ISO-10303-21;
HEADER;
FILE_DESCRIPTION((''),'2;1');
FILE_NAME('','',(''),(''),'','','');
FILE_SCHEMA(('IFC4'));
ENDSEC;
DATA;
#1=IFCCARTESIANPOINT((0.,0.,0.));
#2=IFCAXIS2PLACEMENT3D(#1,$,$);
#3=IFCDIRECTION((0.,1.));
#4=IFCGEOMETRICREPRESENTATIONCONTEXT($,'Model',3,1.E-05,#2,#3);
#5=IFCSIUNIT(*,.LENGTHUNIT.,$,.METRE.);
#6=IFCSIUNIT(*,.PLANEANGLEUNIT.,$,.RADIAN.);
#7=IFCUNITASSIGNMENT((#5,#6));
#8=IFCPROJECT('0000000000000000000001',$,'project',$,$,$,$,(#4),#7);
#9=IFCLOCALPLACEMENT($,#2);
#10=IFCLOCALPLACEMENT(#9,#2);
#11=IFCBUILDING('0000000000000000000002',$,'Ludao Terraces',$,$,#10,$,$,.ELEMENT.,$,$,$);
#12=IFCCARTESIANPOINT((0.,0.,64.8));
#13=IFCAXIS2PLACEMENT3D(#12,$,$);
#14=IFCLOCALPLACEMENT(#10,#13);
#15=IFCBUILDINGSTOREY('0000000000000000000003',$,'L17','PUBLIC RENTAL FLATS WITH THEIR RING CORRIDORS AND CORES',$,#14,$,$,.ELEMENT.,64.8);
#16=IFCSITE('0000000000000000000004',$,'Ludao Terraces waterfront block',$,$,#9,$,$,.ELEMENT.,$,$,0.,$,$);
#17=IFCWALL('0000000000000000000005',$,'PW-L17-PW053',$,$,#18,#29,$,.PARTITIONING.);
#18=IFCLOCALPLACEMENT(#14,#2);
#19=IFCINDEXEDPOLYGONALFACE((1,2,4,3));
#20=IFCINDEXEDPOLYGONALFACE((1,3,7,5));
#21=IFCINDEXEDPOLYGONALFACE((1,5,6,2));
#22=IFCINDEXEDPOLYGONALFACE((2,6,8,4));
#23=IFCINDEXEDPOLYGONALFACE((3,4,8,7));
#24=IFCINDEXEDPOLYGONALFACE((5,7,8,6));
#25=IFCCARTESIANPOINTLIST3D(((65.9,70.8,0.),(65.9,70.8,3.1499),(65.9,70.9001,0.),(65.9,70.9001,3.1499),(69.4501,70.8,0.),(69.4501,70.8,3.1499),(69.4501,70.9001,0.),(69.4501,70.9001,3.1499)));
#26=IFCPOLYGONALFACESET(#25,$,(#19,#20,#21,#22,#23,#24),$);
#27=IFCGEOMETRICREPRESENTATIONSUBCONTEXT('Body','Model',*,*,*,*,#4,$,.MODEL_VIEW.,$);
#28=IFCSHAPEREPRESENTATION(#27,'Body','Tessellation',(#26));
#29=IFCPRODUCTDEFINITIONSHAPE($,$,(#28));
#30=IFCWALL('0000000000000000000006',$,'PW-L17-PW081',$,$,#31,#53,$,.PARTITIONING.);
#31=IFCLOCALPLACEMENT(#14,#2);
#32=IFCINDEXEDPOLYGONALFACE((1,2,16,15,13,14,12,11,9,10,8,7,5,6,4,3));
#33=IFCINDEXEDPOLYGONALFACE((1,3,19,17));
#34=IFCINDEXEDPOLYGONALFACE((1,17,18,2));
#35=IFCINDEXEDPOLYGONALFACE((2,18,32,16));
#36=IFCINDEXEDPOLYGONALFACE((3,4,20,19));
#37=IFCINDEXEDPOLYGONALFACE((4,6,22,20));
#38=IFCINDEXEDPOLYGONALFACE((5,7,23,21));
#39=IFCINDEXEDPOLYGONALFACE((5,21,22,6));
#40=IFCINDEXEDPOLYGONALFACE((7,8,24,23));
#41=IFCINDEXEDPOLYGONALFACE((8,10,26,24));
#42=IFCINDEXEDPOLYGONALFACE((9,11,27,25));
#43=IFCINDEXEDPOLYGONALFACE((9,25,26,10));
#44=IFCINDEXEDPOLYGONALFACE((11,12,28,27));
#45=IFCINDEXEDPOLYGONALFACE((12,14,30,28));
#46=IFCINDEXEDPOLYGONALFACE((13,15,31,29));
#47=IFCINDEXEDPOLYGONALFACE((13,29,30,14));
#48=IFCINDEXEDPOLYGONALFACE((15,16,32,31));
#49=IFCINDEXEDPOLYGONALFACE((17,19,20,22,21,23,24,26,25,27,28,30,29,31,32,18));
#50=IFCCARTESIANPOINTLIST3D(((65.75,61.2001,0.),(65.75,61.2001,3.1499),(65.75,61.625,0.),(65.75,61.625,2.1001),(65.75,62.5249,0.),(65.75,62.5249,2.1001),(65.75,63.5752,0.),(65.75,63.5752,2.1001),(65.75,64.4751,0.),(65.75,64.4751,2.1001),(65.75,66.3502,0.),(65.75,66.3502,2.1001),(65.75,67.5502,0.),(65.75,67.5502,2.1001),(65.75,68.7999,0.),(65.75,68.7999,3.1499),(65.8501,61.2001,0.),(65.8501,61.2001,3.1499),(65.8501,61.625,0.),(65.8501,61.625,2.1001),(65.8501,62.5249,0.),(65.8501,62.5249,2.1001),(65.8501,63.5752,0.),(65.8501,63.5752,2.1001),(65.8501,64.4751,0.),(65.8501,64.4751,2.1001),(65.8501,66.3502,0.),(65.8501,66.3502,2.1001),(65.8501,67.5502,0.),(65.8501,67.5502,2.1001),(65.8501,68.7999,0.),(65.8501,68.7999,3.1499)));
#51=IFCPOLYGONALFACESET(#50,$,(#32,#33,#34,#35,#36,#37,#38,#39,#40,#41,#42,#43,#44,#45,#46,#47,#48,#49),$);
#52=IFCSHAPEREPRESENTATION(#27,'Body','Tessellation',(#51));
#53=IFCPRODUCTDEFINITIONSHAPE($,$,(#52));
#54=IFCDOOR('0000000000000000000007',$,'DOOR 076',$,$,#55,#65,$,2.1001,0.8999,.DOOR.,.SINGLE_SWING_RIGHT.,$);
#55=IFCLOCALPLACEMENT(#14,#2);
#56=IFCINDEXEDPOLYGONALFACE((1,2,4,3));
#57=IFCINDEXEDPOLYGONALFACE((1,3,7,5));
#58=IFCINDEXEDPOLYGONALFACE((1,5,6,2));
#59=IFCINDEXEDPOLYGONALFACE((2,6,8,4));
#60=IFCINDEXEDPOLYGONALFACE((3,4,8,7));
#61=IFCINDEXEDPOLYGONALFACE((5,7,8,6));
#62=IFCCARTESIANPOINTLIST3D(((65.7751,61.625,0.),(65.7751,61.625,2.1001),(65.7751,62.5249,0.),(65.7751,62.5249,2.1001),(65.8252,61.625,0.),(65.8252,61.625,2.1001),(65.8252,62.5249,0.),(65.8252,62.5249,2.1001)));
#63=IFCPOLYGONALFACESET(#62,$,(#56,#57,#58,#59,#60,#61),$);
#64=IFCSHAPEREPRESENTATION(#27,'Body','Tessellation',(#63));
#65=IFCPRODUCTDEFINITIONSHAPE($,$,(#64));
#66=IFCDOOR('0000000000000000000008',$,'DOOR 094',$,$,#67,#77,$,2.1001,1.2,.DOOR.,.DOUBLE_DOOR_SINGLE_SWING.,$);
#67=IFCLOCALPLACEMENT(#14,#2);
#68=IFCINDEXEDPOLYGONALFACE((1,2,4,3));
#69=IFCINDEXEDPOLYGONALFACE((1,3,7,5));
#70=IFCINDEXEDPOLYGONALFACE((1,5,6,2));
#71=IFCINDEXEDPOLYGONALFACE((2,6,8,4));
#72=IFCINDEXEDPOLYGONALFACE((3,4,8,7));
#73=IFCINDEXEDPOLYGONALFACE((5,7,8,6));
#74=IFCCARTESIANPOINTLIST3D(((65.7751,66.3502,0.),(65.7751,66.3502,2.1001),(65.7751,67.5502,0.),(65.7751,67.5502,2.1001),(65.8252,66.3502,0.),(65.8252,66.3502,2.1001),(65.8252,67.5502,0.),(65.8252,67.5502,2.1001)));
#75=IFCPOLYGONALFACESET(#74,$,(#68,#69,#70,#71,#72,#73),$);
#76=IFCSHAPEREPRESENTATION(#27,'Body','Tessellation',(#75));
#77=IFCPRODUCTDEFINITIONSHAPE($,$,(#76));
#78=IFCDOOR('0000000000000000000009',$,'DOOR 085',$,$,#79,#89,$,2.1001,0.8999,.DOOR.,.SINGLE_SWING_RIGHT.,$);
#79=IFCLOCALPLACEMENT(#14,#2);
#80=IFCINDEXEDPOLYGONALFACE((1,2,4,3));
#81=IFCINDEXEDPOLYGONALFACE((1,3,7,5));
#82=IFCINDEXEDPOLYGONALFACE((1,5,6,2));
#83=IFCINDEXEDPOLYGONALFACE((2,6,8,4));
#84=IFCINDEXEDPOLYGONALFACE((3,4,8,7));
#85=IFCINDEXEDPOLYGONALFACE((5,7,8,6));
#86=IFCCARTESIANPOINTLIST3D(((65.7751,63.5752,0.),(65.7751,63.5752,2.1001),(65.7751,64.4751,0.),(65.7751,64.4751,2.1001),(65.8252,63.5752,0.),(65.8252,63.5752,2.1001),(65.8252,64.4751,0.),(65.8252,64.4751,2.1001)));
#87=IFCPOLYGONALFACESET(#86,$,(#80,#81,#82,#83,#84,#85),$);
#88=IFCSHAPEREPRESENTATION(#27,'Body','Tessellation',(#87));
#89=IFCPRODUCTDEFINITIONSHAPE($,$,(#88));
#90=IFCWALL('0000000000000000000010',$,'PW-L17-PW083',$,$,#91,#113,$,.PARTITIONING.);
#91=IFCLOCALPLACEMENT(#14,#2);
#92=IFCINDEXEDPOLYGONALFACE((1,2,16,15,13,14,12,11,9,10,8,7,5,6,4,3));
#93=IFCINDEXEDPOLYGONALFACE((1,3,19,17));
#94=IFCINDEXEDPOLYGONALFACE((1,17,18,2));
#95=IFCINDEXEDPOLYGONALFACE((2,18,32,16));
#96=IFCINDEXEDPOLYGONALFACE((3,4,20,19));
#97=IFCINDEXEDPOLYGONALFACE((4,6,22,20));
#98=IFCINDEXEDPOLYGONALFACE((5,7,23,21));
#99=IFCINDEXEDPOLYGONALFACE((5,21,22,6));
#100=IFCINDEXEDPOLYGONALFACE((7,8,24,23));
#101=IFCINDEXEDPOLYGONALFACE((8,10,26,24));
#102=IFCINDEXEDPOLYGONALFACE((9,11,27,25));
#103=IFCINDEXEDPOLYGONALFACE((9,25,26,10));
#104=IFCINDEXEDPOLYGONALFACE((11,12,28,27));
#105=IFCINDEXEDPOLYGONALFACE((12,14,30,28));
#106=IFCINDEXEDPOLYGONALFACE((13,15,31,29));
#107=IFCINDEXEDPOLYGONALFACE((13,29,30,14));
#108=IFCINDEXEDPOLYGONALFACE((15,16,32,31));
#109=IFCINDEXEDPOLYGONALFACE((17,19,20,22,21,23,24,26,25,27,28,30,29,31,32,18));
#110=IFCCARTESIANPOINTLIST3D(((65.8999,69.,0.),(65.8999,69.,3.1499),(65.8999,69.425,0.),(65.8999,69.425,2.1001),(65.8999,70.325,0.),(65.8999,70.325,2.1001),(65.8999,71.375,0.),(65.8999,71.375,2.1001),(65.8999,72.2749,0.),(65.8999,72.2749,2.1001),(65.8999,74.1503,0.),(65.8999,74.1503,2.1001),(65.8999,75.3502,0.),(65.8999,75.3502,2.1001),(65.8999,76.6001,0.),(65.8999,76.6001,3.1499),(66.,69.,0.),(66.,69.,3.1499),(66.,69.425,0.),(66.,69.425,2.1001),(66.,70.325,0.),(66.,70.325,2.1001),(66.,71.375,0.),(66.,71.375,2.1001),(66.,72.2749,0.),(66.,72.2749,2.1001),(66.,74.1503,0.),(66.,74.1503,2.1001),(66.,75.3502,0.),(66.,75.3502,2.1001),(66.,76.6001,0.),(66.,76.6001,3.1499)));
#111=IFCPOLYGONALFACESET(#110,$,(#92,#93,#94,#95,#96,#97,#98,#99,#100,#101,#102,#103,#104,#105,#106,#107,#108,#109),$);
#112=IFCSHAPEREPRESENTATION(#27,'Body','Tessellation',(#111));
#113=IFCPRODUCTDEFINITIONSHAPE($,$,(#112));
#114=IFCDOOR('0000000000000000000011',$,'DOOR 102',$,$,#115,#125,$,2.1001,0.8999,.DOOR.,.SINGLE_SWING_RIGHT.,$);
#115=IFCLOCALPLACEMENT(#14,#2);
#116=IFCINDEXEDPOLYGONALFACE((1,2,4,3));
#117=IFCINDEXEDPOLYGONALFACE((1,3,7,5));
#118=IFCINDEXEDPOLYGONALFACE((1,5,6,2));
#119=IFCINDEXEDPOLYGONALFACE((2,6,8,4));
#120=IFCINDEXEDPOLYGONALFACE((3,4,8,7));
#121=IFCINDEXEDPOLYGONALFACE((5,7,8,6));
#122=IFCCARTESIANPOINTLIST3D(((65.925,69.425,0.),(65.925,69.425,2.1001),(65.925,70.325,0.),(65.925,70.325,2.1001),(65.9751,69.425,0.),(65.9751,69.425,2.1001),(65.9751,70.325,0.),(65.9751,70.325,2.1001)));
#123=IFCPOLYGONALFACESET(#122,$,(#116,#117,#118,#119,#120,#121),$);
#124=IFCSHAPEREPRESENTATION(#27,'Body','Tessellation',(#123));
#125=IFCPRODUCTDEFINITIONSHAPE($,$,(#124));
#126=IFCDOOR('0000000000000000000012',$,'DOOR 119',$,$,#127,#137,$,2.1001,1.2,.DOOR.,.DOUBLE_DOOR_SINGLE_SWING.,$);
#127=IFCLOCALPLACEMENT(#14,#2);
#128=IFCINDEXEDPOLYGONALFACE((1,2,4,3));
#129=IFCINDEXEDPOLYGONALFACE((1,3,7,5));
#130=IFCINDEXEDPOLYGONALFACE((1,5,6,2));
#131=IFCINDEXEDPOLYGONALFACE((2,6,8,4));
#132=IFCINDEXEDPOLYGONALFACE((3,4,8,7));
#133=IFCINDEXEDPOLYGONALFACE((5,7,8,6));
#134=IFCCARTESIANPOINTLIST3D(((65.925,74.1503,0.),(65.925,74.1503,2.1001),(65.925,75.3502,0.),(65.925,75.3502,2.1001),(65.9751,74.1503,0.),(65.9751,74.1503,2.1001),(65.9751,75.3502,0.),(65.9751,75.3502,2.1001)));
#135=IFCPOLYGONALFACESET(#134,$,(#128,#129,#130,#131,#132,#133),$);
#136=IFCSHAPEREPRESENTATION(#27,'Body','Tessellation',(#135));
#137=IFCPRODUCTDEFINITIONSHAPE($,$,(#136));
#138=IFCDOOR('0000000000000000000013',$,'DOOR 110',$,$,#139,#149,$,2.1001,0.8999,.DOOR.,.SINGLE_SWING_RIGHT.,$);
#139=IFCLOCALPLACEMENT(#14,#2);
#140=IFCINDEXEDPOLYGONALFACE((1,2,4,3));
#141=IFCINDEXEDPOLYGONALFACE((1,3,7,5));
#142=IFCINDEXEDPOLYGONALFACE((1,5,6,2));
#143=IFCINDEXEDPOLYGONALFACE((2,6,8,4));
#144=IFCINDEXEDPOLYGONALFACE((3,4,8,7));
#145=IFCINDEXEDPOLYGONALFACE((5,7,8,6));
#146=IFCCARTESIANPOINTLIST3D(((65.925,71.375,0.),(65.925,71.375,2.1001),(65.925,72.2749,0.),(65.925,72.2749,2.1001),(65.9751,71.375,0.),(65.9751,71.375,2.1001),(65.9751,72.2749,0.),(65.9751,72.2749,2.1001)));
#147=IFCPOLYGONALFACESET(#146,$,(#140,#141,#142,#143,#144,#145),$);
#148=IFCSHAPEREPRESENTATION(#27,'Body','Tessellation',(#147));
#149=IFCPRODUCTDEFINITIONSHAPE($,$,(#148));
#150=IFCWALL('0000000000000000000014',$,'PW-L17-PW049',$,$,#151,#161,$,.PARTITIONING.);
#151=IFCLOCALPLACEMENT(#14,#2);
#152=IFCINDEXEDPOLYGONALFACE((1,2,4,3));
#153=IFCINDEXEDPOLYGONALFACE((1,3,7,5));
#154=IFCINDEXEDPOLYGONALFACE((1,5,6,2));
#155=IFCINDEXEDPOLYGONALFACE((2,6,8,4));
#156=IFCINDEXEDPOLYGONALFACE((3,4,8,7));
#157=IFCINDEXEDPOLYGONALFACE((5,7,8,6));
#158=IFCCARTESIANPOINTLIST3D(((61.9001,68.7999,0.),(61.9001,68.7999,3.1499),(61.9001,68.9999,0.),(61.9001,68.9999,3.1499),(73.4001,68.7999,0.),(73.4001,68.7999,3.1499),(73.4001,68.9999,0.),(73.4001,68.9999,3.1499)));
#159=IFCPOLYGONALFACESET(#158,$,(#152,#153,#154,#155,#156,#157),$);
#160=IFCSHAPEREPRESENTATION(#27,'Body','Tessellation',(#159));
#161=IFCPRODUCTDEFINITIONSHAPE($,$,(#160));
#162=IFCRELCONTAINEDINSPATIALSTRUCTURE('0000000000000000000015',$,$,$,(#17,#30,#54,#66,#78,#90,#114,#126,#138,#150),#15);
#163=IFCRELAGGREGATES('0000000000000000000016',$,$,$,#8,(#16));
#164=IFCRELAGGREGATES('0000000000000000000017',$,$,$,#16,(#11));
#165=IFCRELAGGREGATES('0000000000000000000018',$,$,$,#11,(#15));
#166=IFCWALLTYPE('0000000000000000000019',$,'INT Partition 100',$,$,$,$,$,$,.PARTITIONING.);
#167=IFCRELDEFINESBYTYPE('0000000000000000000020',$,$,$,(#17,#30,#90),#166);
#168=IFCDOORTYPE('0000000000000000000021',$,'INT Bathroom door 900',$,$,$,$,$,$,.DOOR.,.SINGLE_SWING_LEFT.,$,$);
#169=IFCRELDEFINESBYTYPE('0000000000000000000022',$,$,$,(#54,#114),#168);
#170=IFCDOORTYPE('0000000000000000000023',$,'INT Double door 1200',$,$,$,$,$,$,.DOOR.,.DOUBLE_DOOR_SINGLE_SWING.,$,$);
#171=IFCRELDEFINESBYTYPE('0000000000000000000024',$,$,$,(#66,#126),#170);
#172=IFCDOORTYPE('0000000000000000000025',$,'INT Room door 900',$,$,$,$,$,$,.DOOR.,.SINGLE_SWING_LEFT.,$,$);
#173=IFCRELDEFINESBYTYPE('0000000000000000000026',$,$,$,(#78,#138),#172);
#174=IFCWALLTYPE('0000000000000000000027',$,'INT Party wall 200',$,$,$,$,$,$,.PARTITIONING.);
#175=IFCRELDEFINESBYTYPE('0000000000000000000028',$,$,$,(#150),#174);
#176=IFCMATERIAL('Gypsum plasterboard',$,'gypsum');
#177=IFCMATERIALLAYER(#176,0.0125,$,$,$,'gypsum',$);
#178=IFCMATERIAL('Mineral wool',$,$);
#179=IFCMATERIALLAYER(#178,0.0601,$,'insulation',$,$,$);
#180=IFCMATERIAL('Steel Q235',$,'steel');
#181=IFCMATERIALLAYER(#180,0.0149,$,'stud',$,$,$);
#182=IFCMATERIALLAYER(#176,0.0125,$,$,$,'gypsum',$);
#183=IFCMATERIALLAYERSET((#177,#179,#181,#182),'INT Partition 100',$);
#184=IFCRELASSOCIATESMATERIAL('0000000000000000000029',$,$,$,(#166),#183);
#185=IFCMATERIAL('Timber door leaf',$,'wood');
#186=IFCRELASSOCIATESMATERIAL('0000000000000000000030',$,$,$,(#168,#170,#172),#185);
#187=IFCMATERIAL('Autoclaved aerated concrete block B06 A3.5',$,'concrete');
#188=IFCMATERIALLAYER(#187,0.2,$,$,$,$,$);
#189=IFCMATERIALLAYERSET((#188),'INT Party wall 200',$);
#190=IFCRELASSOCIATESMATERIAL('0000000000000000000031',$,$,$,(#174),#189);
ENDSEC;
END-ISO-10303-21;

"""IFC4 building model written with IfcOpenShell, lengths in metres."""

from ifc_helpers import new_model, si_unit, direction, frame, frame_2d, origin, place, context, subcontext, project, spatial, rectangle, extrude, material, layer, layer_set, type_object, element, fill, save


model = new_model("IFC4")

# Units and contexts
model_context = context("Model", 3, precision=1e-05, world=origin(), true_north=direction((0.0, 1.0)))
body_context = subcontext(model_context, "Body", "Model", "MODEL_VIEW")
ifc_project = project(units=[si_unit("LENGTHUNIT", "METRE"), si_unit("PLANEANGLEUNIT", "RADIAN")], contexts=[model_context])

# Site, building, storey
site_placement = place(None, origin())
site = spatial("IfcSite", under=ifc_project, at=site_placement, Name="Ludao Terraces waterfront block", CompositionType="ELEMENT", RefElevation=0.0)
building_placement = place(site_placement, origin())
building = spatial("IfcBuilding", under=site, at=building_placement, Name="Ludao Terraces", CompositionType="ELEMENT")
storey_placement = place(building_placement, frame((0.0, 0.0, 64.8)))
storey = spatial("IfcBuildingStorey", under=building, at=storey_placement, Name="L17", Description="PUBLIC RENTAL FLATS WITH THEIR RING CORRIDORS AND CORES", CompositionType="ELEMENT", Elevation=64.8)

# Shared definitions
ifc_material_1 = material(Name="Mineral wool")

# Wall
ifc_material_2 = material(Name="Gypsum plasterboard", Category="gypsum")
ifc_layer_1 = layer(ifc_material_2, 0.0125, Category="gypsum")
ifc_layer_2 = layer(ifc_material_1, 0.0601, Name="insulation")
ifc_material_3 = material(Name="Steel Q235", Category="steel")
ifc_layer_3 = layer(ifc_material_3, 0.0149, Name="stud")
ifc_layer_4 = layer(ifc_material_2, 0.0125, Category="gypsum")
ifc_layer_set_1 = layer_set([ifc_layer_1, ifc_layer_2, ifc_layer_3, ifc_layer_4], Name="INT Partition 100")
wall_type_1 = type_object("IfcWallType", Name="INT Partition 100", PredefinedType="PARTITIONING", material=ifc_layer_set_1)
wall_1_placement = place(storey_placement, frame((65.9001, 70.8501, 0.0), z_axis=(0.0, 0.0, 1.0), x_axis=(1.0, 0.0, 0.0)))
element("IfcWall", 1, at=wall_1_placement, inside=storey, type_object=wall_type_1, Name="PW-L17-PW053", PredefinedType="PARTITIONING", context=body_context, shape_type="SweptSolid", body=[
    extrude(rectangle(XDim=3.55, YDim=0.1001, at=frame_2d((1.7749, 0.0))), origin(), (0.0, 0.0, 1.0), 3.1499),
])

# Walls, openings, doors
wall_2_placement = place(storey_placement, frame((65.8, 61.2002, 0.0), z_axis=(0.0, 0.0, 1.0), x_axis=(0.0, 1.0, 0.0)))
wall_2 = element("IfcWall", 2, at=wall_2_placement, inside=storey, type_object=wall_type_1, Name="PW-L17-PW081", PredefinedType="PARTITIONING", context=body_context, shape_type="SweptSolid", body=[
    extrude(rectangle(XDim=7.5999, YDim=0.1001, at=frame_2d((3.7998, 0.0))), origin(), (0.0, 0.0, 1.0), 3.1499),
])
opening_1_placement = place(wall_2_placement, frame((0.4248, 0.0, 0.0)))
opening_1 = element("IfcOpeningElement", 3, at=opening_1_placement, cuts=wall_2, PredefinedType="OPENING", context=body_context, shape_type="SweptSolid", body=[
    extrude(rectangle(XDim=0.8999, YDim=2.1001, at=frame_2d((0.45, 1.05))), frame((0.0, 0.0601, 0.0), z_axis=(0.0, -1.0, 0.0), x_axis=(1.0, 0.0, 0.0)), (0.0, 0.0, 1.0), 0.1201),
])
opening_2_placement = place(wall_2_placement, frame((2.375, 0.0, 0.0)))
opening_2 = element("IfcOpeningElement", 4, at=opening_2_placement, cuts=wall_2, PredefinedType="OPENING", context=body_context, shape_type="SweptSolid", body=[
    extrude(rectangle(XDim=0.8999, YDim=2.1001, at=frame_2d((0.45, 1.05))), frame((0.0, 0.0601, 0.0), z_axis=(0.0, -1.0, 0.0), x_axis=(1.0, 0.0, 0.0)), (0.0, 0.0, 1.0), 0.1201),
])
opening_3_placement = place(wall_2_placement, frame((5.1499, 0.0, 0.0)))
opening_3 = element("IfcOpeningElement", 5, at=opening_3_placement, cuts=wall_2, PredefinedType="OPENING", context=body_context, shape_type="SweptSolid", body=[
    extrude(rectangle(XDim=1.2, YDim=2.1001, at=frame_2d((0.6001, 1.05))), frame((0.0, 0.0601, 0.0), z_axis=(0.0, -1.0, 0.0), x_axis=(1.0, 0.0, 0.0)), (0.0, 0.0, 1.0), 0.1201),
])
ifc_material_4 = material(Name="Timber door leaf", Category="wood")
door_type_1 = type_object("IfcDoorType", Name="INT Bathroom door 900", OperationType="SINGLE_SWING_LEFT", PredefinedType="DOOR", material=ifc_material_4)
door_1_placement = place(opening_1_placement, origin())
door_1 = element("IfcDoor", 6, at=door_1_placement, inside=storey, type_object=door_type_1, Name="DOOR 076", OperationType="SINGLE_SWING_RIGHT", OverallHeight=2.1001, OverallWidth=0.8999, PredefinedType="DOOR", context=body_context, shape_type="SweptSolid", body=[
    extrude(rectangle(XDim=0.8999, YDim=2.1001, at=frame_2d((0.45, 1.05))), frame((0.0, 0.0249, 0.0), z_axis=(0.0, -1.0, 0.0), x_axis=(1.0, 0.0, 0.0)), (0.0, 0.0, 1.0), 0.05),
])
fill(opening_1, door_1)
door_type_2 = type_object("IfcDoorType", Name="INT Double door 1200", OperationType="DOUBLE_DOOR_SINGLE_SWING", PredefinedType="DOOR", material=ifc_material_4)
door_2_placement = place(opening_3_placement, origin())
door_2 = element("IfcDoor", 7, at=door_2_placement, inside=storey, type_object=door_type_2, Name="DOOR 094", OperationType="DOUBLE_DOOR_SINGLE_SWING", OverallHeight=2.1001, OverallWidth=1.2, PredefinedType="DOOR", context=body_context, shape_type="SweptSolid", body=[
    extrude(rectangle(XDim=1.2, YDim=2.1001, at=frame_2d((0.6001, 1.05))), frame((0.0, 0.0249, 0.0), z_axis=(0.0, -1.0, 0.0), x_axis=(1.0, 0.0, 0.0)), (0.0, 0.0, 1.0), 0.05),
])
fill(opening_3, door_2)
door_type_3 = type_object("IfcDoorType", Name="INT Room door 900", OperationType="SINGLE_SWING_LEFT", PredefinedType="DOOR", material=ifc_material_4)
door_3_placement = place(opening_2_placement, origin())
door_3 = element("IfcDoor", 8, at=door_3_placement, inside=storey, type_object=door_type_3, Name="DOOR 085", OperationType="SINGLE_SWING_RIGHT", OverallHeight=2.1001, OverallWidth=0.8999, PredefinedType="DOOR", context=body_context, shape_type="SweptSolid", body=[
    extrude(rectangle(XDim=0.8999, YDim=2.1001, at=frame_2d((0.45, 1.05))), frame((0.0, 0.0249, 0.0), z_axis=(0.0, -1.0, 0.0), x_axis=(1.0, 0.0, 0.0)), (0.0, 0.0, 1.0), 0.05),
])
fill(opening_2, door_3)
wall_3_placement = place(storey_placement, frame((65.95, 69.0, 0.0), z_axis=(0.0, 0.0, 1.0), x_axis=(0.0, 1.0, 0.0)))
wall_3 = element("IfcWall", 9, at=wall_3_placement, inside=storey, type_object=wall_type_1, Name="PW-L17-PW083", PredefinedType="PARTITIONING", context=body_context, shape_type="SweptSolid", body=[
    extrude(rectangle(XDim=7.6001, YDim=0.1001, at=frame_2d((3.8, 0.0))), origin(), (0.0, 0.0, 1.0), 3.1499),
])
opening_4_placement = place(wall_3_placement, frame((0.425, 0.0, 0.0)))
opening_4 = element("IfcOpeningElement", 10, at=opening_4_placement, cuts=wall_3, PredefinedType="OPENING", context=body_context, shape_type="SweptSolid", body=[
    extrude(rectangle(XDim=0.8999, YDim=2.1001, at=frame_2d((0.45, 1.05))), frame((0.0, 0.0601, 0.0), z_axis=(0.0, -1.0, 0.0), x_axis=(1.0, 0.0, 0.0)), (0.0, 0.0, 1.0), 0.1201),
])
opening_5_placement = place(wall_3_placement, frame((2.375, 0.0, 0.0)))
opening_5 = element("IfcOpeningElement", 11, at=opening_5_placement, cuts=wall_3, PredefinedType="OPENING", context=body_context, shape_type="SweptSolid", body=[
    extrude(rectangle(XDim=0.8999, YDim=2.1001, at=frame_2d((0.45, 1.05))), frame((0.0, 0.0601, 0.0), z_axis=(0.0, -1.0, 0.0), x_axis=(1.0, 0.0, 0.0)), (0.0, 0.0, 1.0), 0.1201),
])
opening_6_placement = place(wall_3_placement, frame((5.1501, 0.0, 0.0)))
opening_6 = element("IfcOpeningElement", 12, at=opening_6_placement, cuts=wall_3, PredefinedType="OPENING", context=body_context, shape_type="SweptSolid", body=[
    extrude(rectangle(XDim=1.2, YDim=2.1001, at=frame_2d((0.6001, 1.05))), frame((0.0, 0.0601, 0.0), z_axis=(0.0, -1.0, 0.0), x_axis=(1.0, 0.0, 0.0)), (0.0, 0.0, 1.0), 0.1201),
])
door_4_placement = place(opening_4_placement, origin())
door_4 = element("IfcDoor", 13, at=door_4_placement, inside=storey, type_object=door_type_1, Name="DOOR 102", OperationType="SINGLE_SWING_RIGHT", OverallHeight=2.1001, OverallWidth=0.8999, PredefinedType="DOOR", context=body_context, shape_type="SweptSolid", body=[
    extrude(rectangle(XDim=0.8999, YDim=2.1001, at=frame_2d((0.45, 1.05))), frame((0.0, 0.0249, 0.0), z_axis=(0.0, -1.0, 0.0), x_axis=(1.0, 0.0, 0.0)), (0.0, 0.0, 1.0), 0.05),
])
fill(opening_4, door_4)
door_5_placement = place(opening_6_placement, origin())
door_5 = element("IfcDoor", 14, at=door_5_placement, inside=storey, type_object=door_type_2, Name="DOOR 119", OperationType="DOUBLE_DOOR_SINGLE_SWING", OverallHeight=2.1001, OverallWidth=1.2, PredefinedType="DOOR", context=body_context, shape_type="SweptSolid", body=[
    extrude(rectangle(XDim=1.2, YDim=2.1001, at=frame_2d((0.6001, 1.05))), frame((0.0, 0.0249, 0.0), z_axis=(0.0, -1.0, 0.0), x_axis=(1.0, 0.0, 0.0)), (0.0, 0.0, 1.0), 0.05),
])
fill(opening_6, door_5)
door_6_placement = place(opening_5_placement, origin())
door_6 = element("IfcDoor", 15, at=door_6_placement, inside=storey, type_object=door_type_3, Name="DOOR 110", OperationType="SINGLE_SWING_RIGHT", OverallHeight=2.1001, OverallWidth=0.8999, PredefinedType="DOOR", context=body_context, shape_type="SweptSolid", body=[
    extrude(rectangle(XDim=0.8999, YDim=2.1001, at=frame_2d((0.45, 1.05))), frame((0.0, 0.0249, 0.0), z_axis=(0.0, -1.0, 0.0), x_axis=(1.0, 0.0, 0.0)), (0.0, 0.0, 1.0), 0.05),
])
fill(opening_5, door_6)

# Wall
ifc_material_5 = material(Name="Autoclaved aerated concrete block B06 A3.5", Category="concrete")
ifc_layer_5 = layer(ifc_material_5, 0.2)
ifc_layer_set_2 = layer_set([ifc_layer_5], Name="INT Party wall 200")
wall_type_2 = type_object("IfcWallType", Name="INT Party wall 200", PredefinedType="PARTITIONING", material=ifc_layer_set_2)
wall_4_placement = place(storey_placement, frame((61.9001, 68.8999, 0.0), z_axis=(0.0, 0.0, 1.0), x_axis=(1.0, 0.0, 0.0)))
element("IfcWall", 16, at=wall_4_placement, inside=storey, type_object=wall_type_2, Name="PW-L17-PW049", PredefinedType="PARTITIONING", context=body_context, shape_type="SweptSolid", body=[
    extrude(rectangle(XDim=11.5, YDim=0.2, at=frame_2d((5.75, 0.0))), origin(), (0.0, 0.0, 1.0), 3.1499),
])

save(model, "model.ifc")
